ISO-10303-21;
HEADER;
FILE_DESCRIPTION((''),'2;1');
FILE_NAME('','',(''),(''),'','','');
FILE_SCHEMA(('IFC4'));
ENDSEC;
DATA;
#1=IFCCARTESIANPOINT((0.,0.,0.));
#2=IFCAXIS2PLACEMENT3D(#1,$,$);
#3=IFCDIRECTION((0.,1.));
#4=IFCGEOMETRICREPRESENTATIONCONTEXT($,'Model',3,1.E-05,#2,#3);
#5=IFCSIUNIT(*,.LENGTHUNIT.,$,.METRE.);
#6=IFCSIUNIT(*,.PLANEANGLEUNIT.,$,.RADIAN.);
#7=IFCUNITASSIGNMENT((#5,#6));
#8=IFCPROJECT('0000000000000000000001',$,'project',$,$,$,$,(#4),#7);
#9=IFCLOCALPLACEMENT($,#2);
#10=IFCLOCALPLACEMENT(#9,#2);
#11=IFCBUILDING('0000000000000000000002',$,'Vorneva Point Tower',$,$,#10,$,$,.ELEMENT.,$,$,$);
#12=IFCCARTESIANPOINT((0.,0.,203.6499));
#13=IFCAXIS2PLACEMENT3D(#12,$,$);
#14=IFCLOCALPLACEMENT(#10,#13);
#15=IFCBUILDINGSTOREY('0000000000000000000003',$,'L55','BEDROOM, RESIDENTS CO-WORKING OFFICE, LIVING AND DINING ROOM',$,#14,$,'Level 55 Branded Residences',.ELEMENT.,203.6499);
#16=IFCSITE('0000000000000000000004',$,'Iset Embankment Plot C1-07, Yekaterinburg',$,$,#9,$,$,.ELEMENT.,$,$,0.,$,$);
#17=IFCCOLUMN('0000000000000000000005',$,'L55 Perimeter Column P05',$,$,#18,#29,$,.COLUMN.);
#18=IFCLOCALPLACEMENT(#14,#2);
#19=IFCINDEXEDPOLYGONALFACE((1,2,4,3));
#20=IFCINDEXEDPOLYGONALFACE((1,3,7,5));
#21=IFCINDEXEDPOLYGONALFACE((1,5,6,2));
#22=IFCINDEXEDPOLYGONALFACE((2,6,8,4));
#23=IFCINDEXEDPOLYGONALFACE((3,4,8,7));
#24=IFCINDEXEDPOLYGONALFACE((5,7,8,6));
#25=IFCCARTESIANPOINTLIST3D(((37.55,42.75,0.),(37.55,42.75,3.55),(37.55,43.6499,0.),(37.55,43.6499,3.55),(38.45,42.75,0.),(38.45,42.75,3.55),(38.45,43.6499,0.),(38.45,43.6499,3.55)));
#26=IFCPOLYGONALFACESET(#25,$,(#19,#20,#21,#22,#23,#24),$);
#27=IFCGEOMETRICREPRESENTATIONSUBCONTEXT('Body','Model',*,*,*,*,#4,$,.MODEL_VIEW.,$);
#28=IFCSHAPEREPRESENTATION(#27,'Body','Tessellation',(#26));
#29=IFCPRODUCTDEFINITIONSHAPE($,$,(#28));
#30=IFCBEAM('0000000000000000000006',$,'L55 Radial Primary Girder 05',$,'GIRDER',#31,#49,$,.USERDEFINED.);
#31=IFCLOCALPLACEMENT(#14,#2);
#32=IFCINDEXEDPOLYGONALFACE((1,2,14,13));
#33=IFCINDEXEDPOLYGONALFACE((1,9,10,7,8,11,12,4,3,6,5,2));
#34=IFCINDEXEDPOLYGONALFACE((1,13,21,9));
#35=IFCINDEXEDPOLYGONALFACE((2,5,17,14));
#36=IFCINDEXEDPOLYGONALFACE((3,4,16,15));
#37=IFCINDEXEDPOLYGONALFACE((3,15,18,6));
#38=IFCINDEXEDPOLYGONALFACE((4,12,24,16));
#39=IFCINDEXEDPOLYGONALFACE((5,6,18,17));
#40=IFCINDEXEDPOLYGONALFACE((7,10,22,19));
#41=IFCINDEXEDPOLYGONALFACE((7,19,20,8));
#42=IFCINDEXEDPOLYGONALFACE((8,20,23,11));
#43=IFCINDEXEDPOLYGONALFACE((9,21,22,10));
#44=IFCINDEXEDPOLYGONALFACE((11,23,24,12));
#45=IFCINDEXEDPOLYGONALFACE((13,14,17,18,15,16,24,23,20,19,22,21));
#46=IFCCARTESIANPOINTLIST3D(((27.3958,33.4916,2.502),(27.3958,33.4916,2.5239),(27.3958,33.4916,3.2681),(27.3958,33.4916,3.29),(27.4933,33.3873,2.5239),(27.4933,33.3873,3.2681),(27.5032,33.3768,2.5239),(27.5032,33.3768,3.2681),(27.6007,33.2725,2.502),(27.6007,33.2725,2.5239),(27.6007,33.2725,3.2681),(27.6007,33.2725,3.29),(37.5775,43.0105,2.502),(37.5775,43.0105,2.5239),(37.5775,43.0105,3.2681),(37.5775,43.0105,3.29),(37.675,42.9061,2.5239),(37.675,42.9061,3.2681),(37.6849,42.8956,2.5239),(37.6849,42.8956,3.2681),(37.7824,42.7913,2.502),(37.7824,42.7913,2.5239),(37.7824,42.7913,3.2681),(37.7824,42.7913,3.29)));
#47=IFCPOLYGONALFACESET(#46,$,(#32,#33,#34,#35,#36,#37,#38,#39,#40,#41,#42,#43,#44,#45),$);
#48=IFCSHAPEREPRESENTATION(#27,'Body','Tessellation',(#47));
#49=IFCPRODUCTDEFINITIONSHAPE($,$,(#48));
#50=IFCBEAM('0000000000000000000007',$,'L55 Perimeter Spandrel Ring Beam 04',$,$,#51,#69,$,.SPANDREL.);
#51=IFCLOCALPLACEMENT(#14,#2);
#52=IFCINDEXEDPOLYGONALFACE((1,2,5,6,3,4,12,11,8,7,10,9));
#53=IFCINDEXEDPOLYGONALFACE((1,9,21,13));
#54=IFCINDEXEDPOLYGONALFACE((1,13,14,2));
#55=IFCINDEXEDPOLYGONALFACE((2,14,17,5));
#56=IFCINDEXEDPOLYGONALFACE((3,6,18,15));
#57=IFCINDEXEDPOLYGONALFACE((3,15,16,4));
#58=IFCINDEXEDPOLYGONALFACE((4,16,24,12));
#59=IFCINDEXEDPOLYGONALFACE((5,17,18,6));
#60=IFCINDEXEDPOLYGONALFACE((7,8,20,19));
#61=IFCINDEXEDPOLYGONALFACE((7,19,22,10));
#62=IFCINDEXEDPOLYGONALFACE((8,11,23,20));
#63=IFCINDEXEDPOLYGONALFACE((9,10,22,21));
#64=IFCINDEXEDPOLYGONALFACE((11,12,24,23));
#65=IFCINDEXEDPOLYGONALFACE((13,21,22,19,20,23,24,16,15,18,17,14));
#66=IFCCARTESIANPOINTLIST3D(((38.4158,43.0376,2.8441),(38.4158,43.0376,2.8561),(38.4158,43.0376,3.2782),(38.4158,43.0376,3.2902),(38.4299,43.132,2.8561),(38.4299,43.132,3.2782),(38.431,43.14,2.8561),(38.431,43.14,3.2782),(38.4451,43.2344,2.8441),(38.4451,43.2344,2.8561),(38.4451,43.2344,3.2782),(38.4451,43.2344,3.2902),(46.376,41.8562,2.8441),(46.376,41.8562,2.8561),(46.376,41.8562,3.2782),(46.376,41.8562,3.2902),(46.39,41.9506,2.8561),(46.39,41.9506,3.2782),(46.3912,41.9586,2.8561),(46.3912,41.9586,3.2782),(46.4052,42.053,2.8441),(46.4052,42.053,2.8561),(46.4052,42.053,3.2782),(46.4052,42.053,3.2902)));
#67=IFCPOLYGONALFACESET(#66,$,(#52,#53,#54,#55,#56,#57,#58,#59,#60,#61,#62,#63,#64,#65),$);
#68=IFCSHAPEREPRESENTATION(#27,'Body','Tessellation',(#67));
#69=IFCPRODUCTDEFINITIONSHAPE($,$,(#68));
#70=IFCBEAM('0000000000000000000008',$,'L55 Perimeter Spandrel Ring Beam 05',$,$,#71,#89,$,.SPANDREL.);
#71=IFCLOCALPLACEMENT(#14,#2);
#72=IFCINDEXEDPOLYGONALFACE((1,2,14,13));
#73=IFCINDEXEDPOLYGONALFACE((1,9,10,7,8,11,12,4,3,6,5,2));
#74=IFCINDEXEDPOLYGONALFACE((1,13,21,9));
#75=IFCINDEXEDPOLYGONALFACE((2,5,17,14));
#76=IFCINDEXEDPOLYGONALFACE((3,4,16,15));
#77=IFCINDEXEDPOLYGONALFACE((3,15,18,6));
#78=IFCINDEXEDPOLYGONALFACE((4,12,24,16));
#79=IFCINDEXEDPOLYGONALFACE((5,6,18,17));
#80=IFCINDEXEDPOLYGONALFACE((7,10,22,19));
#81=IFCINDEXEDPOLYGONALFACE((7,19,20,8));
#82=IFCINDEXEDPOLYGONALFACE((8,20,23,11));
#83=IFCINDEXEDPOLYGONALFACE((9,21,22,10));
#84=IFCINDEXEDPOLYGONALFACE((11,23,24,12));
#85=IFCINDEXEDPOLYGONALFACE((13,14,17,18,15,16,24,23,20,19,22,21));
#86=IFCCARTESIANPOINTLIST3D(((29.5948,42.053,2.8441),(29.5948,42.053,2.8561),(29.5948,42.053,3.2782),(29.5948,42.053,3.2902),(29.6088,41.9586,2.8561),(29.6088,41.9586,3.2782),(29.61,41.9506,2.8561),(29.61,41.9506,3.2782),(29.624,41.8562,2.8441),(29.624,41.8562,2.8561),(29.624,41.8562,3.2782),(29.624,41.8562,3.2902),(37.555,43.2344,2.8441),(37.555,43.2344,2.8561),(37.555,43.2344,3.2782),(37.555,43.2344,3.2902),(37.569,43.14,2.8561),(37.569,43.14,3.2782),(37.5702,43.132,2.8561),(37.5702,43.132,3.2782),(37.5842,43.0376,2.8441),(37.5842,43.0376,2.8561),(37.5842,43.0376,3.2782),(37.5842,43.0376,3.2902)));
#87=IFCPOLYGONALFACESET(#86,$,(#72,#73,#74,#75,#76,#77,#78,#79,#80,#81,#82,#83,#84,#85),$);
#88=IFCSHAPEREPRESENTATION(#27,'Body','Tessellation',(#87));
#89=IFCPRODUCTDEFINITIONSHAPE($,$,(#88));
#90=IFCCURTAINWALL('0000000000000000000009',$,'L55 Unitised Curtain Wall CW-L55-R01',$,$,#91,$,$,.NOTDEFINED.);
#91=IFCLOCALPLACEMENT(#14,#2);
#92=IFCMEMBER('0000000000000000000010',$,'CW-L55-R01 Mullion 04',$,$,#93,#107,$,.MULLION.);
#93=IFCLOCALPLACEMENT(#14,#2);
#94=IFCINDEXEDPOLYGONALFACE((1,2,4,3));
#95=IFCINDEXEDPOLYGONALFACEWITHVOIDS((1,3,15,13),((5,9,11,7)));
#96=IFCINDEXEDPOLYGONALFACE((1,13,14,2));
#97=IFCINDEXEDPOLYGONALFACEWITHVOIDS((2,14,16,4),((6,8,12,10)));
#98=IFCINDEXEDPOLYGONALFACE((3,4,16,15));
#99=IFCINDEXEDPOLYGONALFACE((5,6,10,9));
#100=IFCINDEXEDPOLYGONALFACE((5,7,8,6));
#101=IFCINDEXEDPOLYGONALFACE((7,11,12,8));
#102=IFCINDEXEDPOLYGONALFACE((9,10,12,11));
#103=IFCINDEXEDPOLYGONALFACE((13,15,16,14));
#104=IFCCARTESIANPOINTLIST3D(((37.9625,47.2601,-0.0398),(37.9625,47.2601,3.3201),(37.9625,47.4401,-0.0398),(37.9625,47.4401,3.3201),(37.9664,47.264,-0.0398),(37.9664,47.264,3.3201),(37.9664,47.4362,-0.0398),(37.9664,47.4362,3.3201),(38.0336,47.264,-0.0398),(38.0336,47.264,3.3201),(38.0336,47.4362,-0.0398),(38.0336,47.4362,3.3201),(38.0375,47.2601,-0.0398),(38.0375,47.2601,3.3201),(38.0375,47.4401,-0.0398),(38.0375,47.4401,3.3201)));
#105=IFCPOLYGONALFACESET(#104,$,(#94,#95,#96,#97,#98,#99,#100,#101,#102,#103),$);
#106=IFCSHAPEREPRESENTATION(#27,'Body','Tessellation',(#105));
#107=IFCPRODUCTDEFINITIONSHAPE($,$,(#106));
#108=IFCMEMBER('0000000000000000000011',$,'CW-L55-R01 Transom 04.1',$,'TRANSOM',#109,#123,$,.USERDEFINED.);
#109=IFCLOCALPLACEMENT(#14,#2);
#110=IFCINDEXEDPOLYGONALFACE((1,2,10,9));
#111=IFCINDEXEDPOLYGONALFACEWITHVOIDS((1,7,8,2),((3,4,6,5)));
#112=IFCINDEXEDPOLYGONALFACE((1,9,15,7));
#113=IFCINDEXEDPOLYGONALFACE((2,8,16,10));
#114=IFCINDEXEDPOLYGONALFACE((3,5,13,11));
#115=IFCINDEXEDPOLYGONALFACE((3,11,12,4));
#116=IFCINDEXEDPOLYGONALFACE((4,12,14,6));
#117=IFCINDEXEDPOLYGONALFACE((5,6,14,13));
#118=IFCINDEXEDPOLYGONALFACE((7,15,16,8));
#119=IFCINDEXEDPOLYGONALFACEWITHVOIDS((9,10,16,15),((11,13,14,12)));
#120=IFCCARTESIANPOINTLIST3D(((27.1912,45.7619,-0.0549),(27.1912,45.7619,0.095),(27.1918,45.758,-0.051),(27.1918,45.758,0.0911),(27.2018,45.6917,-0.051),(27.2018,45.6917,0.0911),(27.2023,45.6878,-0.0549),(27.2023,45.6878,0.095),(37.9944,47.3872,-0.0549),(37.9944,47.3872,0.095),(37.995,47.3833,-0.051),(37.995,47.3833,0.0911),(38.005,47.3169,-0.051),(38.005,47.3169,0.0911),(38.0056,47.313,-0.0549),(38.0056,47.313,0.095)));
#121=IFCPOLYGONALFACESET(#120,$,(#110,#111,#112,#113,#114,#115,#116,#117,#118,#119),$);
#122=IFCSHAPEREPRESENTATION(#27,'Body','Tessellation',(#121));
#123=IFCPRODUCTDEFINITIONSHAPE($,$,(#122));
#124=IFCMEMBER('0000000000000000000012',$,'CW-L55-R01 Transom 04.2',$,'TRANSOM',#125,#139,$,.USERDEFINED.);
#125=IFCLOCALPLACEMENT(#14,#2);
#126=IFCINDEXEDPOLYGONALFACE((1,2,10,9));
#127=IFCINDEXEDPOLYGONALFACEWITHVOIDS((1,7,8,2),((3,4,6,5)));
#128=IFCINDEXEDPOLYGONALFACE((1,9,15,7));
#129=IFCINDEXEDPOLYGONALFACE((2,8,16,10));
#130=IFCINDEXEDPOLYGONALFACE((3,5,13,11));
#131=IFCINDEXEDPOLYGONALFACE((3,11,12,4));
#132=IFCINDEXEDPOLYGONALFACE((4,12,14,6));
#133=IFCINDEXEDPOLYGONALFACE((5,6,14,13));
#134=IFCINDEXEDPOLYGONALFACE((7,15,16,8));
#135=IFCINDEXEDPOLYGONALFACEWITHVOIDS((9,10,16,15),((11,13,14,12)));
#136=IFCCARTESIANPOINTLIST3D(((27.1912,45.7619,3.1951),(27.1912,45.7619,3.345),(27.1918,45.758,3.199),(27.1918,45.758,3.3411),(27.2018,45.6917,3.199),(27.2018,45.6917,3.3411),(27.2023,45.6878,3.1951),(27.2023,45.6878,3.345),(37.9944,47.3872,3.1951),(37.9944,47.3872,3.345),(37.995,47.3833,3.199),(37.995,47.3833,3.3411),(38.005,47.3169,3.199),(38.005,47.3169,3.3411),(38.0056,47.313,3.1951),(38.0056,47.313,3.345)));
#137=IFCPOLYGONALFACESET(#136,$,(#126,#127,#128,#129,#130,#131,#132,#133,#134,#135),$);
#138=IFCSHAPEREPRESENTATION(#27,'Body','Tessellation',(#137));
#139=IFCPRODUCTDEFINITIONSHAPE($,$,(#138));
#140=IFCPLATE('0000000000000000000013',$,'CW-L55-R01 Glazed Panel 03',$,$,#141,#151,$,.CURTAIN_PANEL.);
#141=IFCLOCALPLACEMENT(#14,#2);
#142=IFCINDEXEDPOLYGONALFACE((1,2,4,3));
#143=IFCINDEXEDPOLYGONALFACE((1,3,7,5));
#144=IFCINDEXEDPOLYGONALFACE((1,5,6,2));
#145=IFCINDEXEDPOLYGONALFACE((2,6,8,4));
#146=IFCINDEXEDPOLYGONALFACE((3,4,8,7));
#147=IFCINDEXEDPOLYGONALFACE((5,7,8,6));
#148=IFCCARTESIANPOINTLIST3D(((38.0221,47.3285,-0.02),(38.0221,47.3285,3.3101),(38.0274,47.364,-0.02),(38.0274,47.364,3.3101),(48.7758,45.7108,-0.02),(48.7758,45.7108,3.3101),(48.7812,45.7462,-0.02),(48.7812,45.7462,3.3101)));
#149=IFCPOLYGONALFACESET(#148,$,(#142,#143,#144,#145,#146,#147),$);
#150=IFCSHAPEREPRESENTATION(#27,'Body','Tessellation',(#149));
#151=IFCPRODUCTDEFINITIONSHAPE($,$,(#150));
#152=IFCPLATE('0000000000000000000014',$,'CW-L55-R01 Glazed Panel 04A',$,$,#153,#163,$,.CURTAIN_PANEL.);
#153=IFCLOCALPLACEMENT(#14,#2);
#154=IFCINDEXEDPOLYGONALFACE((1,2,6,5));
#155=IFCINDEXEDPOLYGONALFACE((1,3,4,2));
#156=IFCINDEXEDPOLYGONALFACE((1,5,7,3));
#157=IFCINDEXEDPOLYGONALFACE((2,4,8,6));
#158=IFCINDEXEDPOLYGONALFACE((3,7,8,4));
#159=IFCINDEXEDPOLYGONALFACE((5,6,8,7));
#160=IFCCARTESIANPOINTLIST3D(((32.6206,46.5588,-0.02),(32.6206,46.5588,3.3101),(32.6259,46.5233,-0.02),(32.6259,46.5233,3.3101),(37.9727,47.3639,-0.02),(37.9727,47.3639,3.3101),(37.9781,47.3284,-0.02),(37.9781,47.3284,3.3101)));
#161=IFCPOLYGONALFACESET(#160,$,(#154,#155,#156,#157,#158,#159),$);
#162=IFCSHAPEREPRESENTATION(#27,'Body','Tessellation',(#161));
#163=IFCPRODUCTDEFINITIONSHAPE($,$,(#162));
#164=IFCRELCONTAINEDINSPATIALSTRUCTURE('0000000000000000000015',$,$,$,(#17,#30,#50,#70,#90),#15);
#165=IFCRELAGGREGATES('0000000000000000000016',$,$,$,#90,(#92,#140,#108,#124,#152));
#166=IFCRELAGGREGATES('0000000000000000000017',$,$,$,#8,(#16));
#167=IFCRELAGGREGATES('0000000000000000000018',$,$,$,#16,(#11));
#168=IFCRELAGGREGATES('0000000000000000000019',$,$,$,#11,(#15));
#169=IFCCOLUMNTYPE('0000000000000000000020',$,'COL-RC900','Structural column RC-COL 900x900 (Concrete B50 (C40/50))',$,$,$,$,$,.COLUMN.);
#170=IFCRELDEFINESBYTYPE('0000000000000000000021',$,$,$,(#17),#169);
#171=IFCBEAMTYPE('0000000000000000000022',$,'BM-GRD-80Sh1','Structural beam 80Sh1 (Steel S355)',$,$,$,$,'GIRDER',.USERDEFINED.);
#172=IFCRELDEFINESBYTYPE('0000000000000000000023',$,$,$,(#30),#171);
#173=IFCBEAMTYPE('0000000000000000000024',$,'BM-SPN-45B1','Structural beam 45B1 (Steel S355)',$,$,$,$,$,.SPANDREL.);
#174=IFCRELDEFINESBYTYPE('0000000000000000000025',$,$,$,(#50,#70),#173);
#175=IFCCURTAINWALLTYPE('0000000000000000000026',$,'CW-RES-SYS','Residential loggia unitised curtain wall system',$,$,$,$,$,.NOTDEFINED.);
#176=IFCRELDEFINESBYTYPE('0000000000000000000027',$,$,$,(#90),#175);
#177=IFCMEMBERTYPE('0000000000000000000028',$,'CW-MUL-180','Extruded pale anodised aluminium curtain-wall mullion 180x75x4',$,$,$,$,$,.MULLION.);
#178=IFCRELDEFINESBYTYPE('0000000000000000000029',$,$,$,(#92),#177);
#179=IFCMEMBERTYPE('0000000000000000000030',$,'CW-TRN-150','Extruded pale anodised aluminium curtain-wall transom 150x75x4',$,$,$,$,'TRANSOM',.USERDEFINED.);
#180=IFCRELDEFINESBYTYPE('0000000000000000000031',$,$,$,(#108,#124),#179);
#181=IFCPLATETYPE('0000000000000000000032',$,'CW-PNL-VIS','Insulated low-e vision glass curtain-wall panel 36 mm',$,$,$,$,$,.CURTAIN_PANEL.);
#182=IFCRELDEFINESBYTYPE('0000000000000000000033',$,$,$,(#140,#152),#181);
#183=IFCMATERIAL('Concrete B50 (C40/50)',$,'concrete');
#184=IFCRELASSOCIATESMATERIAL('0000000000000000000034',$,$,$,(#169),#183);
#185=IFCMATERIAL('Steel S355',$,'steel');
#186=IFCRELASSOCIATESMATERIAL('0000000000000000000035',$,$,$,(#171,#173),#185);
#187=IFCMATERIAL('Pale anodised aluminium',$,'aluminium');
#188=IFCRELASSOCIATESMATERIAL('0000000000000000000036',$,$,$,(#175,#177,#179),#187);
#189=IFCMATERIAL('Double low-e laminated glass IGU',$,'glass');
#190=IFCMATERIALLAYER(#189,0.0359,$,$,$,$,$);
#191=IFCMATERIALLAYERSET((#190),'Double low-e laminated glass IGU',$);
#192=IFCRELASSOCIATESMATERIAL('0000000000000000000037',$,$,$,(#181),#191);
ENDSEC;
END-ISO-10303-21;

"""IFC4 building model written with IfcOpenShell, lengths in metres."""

from ifc_helpers import new_model, si_unit, direction, frame, origin, origin_2d, place, context, subcontext, project, spatial, rectangle, hollow_rectangle, i_section, extrude, material, layer, layer_set, material_profile, profile_set, type_object, element, aggregate, save


model = new_model("IFC4")

# Units and contexts
model_context = context("Model", 3, precision=1e-05, world=origin(), true_north=direction((0.0, 1.0)))
body_context = subcontext(model_context, "Body", "Model", "MODEL_VIEW")
ifc_project = project(units=[si_unit("LENGTHUNIT", "METRE"), si_unit("PLANEANGLEUNIT", "RADIAN")], contexts=[model_context])

# Site, building, storey
site_placement = place(None, origin())
site = spatial("IfcSite", under=ifc_project, at=site_placement, Name="Iset Embankment Plot C1-07, Yekaterinburg", CompositionType="ELEMENT", RefElevation=0.0)
building_placement = place(site_placement, origin())
building = spatial("IfcBuilding", under=site, at=building_placement, Name="Vorneva Point Tower", CompositionType="ELEMENT")
storey_placement = place(building_placement, frame((0.0, 0.0, 203.6499)))
storey = spatial("IfcBuildingStorey", under=building, at=storey_placement, Name="L55", Description="BEDROOM, RESIDENTS CO-WORKING OFFICE, LIVING AND DINING ROOM", LongName="Level 55 Branded Residences", CompositionType="ELEMENT", Elevation=203.6499)

# Column
ifc_material_1 = material(Name="Concrete B50 (C40/50)", Category="concrete")
ifc_material_profile_1 = material_profile(ifc_material_1, rectangle(XDim=0.8999, YDim=0.8999, at=origin_2d()), Name="RC-COL 900x900")
ifc_profile_set_1 = profile_set([ifc_material_profile_1], Name="Concrete B50 (C40/50)")
column_type = type_object("IfcColumnType", Name="COL-RC900", Description="Structural column RC-COL 900x900 (Concrete B50 (C40/50))", PredefinedType="COLUMN", material=ifc_profile_set_1)
column_placement = place(storey_placement, frame((38.0, 43.2, 0.0), z_axis=(0.0, 0.0, 1.0), x_axis=(0.0, 1.0, 0.0)))
element("IfcColumn", 1, at=column_placement, inside=storey, type_object=column_type, Name="L55 Perimeter Column P05", PredefinedType="COLUMN", context=body_context, shape_type="SweptSolid", body=[
    extrude(rectangle(XDim=0.8999, YDim=0.8999, at=origin_2d()), origin(), (0.0, 0.0, 1.0), 3.55),
])

# Beams
ifc_material_2 = material(Name="Steel S355", Category="steel")
ifc_material_profile_2 = material_profile(ifc_material_2, i_section(OverallWidth=0.3, OverallDepth=0.7881, WebThickness=0.0144, FlangeThickness=0.022, at=origin_2d()), Name="80Sh1")
ifc_profile_set_2 = profile_set([ifc_material_profile_2], Name="Steel S355")
beam_type_1 = type_object("IfcBeamType", Name="BM-GRD-80Sh1", Description="Structural beam 80Sh1 (Steel S355)", ElementType="GIRDER", PredefinedType="USERDEFINED", material=ifc_profile_set_2)
beam_placement = place(storey_placement, frame((37.6799, 42.9009, 2.896), z_axis=(-0.730485, -0.682929, 0.0), x_axis=(0.682929, -0.730485, 0.0)))
element("IfcBeam", 2, at=beam_placement, inside=storey, type_object=beam_type_1, Name="L55 Radial Primary Girder 05", ObjectType="GIRDER", PredefinedType="USERDEFINED", context=body_context, shape_type="SweptSolid", body=[
    extrude(i_section(OverallWidth=0.3, OverallDepth=0.7881, WebThickness=0.0144, FlangeThickness=0.022, at=origin_2d()), origin(), (0.0, 0.0, 1.0), 13.9382),
])
ifc_material_profile_3 = material_profile(ifc_material_2, i_section(OverallWidth=0.199, OverallDepth=0.446, WebThickness=0.0081, FlangeThickness=0.012, at=origin_2d()), Name="45B1")
ifc_profile_set_3 = profile_set([ifc_material_profile_3], Name="Steel S355")
beam_type_2 = type_object("IfcBeamType", Name="BM-SPN-45B1", Description="Structural beam 45B1 (Steel S355)", PredefinedType="SPANDREL", material=ifc_profile_set_3)
for number, where, z_axis, x_axis, name in (
    (3, (46.3906, 41.9546, 3.0671), (-0.989165, 0.146805, 0.0), (-0.146805, -0.989165, 0.0), "L55 Perimeter Spandrel Ring Beam 04"),
    (4, (37.5696, 43.136, 3.0671), (-0.989165, -0.146805, 0.0), (0.146805, -0.989165, 0.0), "L55 Perimeter Spandrel Ring Beam 05"),
):
    element("IfcBeam", number, at=place(storey_placement, frame(where, z_axis=z_axis, x_axis=x_axis)), inside=storey, type_object=beam_type_2, Name=name, PredefinedType="SPANDREL", context=body_context, shape_type="SweptSolid", body=[
        extrude(i_section(OverallWidth=0.199, OverallDepth=0.446, WebThickness=0.0081, FlangeThickness=0.012, at=origin_2d()), origin(), (0.0, 0.0, 1.0), 8.0474),
    ])

# Curtain wall, members, plates
ifc_material_3 = material(Name="Pale anodised aluminium", Category="aluminium")
curtain_wall_type = type_object("IfcCurtainWallType", Name="CW-RES-SYS", Description="Residential loggia unitised curtain wall system", PredefinedType="NOTDEFINED", material=ifc_material_3)
curtain_wall_placement = place(storey_placement, origin())
curtain_wall = element("IfcCurtainWall", 5, at=curtain_wall_placement, inside=storey, type_object=curtain_wall_type, Name="L55 Unitised Curtain Wall CW-L55-R01", PredefinedType="NOTDEFINED")
ifc_material_profile_4 = material_profile(ifc_material_3, hollow_rectangle(XDim=0.075, YDim=0.1799, WallThickness=0.0039, at=origin_2d()), Name="AL-MUL 180x75x4")
ifc_profile_set_4 = profile_set([ifc_material_profile_4], Name="Pale anodised aluminium")
member_type_1 = type_object("IfcMemberType", Name="CW-MUL-180", Description="Extruded pale anodised aluminium curtain-wall mullion 180x75x4", PredefinedType="MULLION", material=ifc_profile_set_4)
member_1_placement = place(storey_placement, frame((38.0, 47.3501, -0.0398), z_axis=(0.0, 0.0, 1.0), x_axis=(1.0, 0.0, 0.0)))
member_1 = element("IfcMember", 6, at=member_1_placement, type_object=member_type_1, Name="CW-L55-R01 Mullion 04", PredefinedType="MULLION", context=body_context, shape_type="SweptSolid", body=[
    extrude(hollow_rectangle(XDim=0.075, YDim=0.1799, WallThickness=0.0039, at=origin_2d()), origin(), (0.0, 0.0, 1.0), 3.3599),
])
ifc_material_profile_5 = material_profile(ifc_material_3, hollow_rectangle(XDim=0.075, YDim=0.1499, WallThickness=0.0039, at=origin_2d()), Name="AL-TRN 150x75x4")
ifc_profile_set_5 = profile_set([ifc_material_profile_5], Name="Pale anodised aluminium")
member_type_2 = type_object("IfcMemberType", Name="CW-TRN-150", Description="Extruded pale anodised aluminium curtain-wall transom 150x75x4", ElementType="TRANSOM", PredefinedType="USERDEFINED", material=ifc_profile_set_5)
member_2_placement = place(storey_placement, frame((38.0, 47.3501, 0.02), z_axis=(-0.988872, -0.148767, 0.0), x_axis=(0.148767, -0.988872, 0.0)))
member_2 = element("IfcMember", 7, at=member_2_placement, type_object=member_type_2, Name="CW-L55-R01 Transom 04.1", ObjectType="TRANSOM", PredefinedType="USERDEFINED", context=body_context, shape_type="SweptSolid", body=[
    extrude(hollow_rectangle(XDim=0.075, YDim=0.1499, WallThickness=0.0039, at=origin_2d()), origin(), (0.0, 0.0, 1.0), 10.9248),
])
member_3_placement = place(storey_placement, frame((38.0, 47.3501, 3.27), z_axis=(-0.988872, -0.148767, 0.0), x_axis=(0.148767, -0.988872, 0.0)))
member_3 = element("IfcMember", 8, at=member_3_placement, type_object=member_type_2, Name="CW-L55-R01 Transom 04.2", ObjectType="TRANSOM", PredefinedType="USERDEFINED", context=body_context, shape_type="SweptSolid", body=[
    extrude(hollow_rectangle(XDim=0.075, YDim=0.1499, WallThickness=0.0039, at=origin_2d()), origin(), (0.0, 0.0, 1.0), 10.9248),
])
ifc_material_4 = material(Name="Double low-e laminated glass IGU", Category="glass")
ifc_layer_1 = layer(ifc_material_4, 0.0359)
ifc_layer_set_1 = layer_set([ifc_layer_1], Name="Double low-e laminated glass IGU")
plate_type = type_object("IfcPlateType", Name="CW-PNL-VIS", Description="Insulated low-e vision glass curtain-wall panel 36 mm", PredefinedType="CURTAIN_PANEL", material=ifc_layer_set_1)
plate_1_placement = place(storey_placement, frame((43.4016, 46.5374, -0.02), z_axis=(0.0, 0.0, 1.0), x_axis=(-0.988874, 0.148759, 0.0)))
plate_1 = element("IfcPlate", 9, at=plate_1_placement, type_object=plate_type, Name="CW-L55-R01 Glazed Panel 03", PredefinedType="CURTAIN_PANEL", context=body_context, shape_type="SweptSolid", body=[
    extrude(rectangle(XDim=10.8748, YDim=0.0359, at=origin_2d()), origin(), (0.0, 0.0, 1.0), 3.3301),
])
plate_2_placement = place(storey_placement, frame((35.2993, 46.9436, -0.02), z_axis=(0.0, 0.0, 1.0), x_axis=(-0.988874, -0.148759, 0.0)))
plate_2 = element("IfcPlate", 10, at=plate_2_placement, type_object=plate_type, Name="CW-L55-R01 Glazed Panel 04A", PredefinedType="CURTAIN_PANEL", context=body_context, shape_type="SweptSolid", body=[
    extrude(rectangle(XDim=5.4124, YDim=0.0359, at=origin_2d()), origin(), (0.0, 0.0, 1.0), 3.3301),
])
aggregate(curtain_wall, [member_1, plate_1, member_2, member_3, plate_2])

save(model, "model.ifc")
